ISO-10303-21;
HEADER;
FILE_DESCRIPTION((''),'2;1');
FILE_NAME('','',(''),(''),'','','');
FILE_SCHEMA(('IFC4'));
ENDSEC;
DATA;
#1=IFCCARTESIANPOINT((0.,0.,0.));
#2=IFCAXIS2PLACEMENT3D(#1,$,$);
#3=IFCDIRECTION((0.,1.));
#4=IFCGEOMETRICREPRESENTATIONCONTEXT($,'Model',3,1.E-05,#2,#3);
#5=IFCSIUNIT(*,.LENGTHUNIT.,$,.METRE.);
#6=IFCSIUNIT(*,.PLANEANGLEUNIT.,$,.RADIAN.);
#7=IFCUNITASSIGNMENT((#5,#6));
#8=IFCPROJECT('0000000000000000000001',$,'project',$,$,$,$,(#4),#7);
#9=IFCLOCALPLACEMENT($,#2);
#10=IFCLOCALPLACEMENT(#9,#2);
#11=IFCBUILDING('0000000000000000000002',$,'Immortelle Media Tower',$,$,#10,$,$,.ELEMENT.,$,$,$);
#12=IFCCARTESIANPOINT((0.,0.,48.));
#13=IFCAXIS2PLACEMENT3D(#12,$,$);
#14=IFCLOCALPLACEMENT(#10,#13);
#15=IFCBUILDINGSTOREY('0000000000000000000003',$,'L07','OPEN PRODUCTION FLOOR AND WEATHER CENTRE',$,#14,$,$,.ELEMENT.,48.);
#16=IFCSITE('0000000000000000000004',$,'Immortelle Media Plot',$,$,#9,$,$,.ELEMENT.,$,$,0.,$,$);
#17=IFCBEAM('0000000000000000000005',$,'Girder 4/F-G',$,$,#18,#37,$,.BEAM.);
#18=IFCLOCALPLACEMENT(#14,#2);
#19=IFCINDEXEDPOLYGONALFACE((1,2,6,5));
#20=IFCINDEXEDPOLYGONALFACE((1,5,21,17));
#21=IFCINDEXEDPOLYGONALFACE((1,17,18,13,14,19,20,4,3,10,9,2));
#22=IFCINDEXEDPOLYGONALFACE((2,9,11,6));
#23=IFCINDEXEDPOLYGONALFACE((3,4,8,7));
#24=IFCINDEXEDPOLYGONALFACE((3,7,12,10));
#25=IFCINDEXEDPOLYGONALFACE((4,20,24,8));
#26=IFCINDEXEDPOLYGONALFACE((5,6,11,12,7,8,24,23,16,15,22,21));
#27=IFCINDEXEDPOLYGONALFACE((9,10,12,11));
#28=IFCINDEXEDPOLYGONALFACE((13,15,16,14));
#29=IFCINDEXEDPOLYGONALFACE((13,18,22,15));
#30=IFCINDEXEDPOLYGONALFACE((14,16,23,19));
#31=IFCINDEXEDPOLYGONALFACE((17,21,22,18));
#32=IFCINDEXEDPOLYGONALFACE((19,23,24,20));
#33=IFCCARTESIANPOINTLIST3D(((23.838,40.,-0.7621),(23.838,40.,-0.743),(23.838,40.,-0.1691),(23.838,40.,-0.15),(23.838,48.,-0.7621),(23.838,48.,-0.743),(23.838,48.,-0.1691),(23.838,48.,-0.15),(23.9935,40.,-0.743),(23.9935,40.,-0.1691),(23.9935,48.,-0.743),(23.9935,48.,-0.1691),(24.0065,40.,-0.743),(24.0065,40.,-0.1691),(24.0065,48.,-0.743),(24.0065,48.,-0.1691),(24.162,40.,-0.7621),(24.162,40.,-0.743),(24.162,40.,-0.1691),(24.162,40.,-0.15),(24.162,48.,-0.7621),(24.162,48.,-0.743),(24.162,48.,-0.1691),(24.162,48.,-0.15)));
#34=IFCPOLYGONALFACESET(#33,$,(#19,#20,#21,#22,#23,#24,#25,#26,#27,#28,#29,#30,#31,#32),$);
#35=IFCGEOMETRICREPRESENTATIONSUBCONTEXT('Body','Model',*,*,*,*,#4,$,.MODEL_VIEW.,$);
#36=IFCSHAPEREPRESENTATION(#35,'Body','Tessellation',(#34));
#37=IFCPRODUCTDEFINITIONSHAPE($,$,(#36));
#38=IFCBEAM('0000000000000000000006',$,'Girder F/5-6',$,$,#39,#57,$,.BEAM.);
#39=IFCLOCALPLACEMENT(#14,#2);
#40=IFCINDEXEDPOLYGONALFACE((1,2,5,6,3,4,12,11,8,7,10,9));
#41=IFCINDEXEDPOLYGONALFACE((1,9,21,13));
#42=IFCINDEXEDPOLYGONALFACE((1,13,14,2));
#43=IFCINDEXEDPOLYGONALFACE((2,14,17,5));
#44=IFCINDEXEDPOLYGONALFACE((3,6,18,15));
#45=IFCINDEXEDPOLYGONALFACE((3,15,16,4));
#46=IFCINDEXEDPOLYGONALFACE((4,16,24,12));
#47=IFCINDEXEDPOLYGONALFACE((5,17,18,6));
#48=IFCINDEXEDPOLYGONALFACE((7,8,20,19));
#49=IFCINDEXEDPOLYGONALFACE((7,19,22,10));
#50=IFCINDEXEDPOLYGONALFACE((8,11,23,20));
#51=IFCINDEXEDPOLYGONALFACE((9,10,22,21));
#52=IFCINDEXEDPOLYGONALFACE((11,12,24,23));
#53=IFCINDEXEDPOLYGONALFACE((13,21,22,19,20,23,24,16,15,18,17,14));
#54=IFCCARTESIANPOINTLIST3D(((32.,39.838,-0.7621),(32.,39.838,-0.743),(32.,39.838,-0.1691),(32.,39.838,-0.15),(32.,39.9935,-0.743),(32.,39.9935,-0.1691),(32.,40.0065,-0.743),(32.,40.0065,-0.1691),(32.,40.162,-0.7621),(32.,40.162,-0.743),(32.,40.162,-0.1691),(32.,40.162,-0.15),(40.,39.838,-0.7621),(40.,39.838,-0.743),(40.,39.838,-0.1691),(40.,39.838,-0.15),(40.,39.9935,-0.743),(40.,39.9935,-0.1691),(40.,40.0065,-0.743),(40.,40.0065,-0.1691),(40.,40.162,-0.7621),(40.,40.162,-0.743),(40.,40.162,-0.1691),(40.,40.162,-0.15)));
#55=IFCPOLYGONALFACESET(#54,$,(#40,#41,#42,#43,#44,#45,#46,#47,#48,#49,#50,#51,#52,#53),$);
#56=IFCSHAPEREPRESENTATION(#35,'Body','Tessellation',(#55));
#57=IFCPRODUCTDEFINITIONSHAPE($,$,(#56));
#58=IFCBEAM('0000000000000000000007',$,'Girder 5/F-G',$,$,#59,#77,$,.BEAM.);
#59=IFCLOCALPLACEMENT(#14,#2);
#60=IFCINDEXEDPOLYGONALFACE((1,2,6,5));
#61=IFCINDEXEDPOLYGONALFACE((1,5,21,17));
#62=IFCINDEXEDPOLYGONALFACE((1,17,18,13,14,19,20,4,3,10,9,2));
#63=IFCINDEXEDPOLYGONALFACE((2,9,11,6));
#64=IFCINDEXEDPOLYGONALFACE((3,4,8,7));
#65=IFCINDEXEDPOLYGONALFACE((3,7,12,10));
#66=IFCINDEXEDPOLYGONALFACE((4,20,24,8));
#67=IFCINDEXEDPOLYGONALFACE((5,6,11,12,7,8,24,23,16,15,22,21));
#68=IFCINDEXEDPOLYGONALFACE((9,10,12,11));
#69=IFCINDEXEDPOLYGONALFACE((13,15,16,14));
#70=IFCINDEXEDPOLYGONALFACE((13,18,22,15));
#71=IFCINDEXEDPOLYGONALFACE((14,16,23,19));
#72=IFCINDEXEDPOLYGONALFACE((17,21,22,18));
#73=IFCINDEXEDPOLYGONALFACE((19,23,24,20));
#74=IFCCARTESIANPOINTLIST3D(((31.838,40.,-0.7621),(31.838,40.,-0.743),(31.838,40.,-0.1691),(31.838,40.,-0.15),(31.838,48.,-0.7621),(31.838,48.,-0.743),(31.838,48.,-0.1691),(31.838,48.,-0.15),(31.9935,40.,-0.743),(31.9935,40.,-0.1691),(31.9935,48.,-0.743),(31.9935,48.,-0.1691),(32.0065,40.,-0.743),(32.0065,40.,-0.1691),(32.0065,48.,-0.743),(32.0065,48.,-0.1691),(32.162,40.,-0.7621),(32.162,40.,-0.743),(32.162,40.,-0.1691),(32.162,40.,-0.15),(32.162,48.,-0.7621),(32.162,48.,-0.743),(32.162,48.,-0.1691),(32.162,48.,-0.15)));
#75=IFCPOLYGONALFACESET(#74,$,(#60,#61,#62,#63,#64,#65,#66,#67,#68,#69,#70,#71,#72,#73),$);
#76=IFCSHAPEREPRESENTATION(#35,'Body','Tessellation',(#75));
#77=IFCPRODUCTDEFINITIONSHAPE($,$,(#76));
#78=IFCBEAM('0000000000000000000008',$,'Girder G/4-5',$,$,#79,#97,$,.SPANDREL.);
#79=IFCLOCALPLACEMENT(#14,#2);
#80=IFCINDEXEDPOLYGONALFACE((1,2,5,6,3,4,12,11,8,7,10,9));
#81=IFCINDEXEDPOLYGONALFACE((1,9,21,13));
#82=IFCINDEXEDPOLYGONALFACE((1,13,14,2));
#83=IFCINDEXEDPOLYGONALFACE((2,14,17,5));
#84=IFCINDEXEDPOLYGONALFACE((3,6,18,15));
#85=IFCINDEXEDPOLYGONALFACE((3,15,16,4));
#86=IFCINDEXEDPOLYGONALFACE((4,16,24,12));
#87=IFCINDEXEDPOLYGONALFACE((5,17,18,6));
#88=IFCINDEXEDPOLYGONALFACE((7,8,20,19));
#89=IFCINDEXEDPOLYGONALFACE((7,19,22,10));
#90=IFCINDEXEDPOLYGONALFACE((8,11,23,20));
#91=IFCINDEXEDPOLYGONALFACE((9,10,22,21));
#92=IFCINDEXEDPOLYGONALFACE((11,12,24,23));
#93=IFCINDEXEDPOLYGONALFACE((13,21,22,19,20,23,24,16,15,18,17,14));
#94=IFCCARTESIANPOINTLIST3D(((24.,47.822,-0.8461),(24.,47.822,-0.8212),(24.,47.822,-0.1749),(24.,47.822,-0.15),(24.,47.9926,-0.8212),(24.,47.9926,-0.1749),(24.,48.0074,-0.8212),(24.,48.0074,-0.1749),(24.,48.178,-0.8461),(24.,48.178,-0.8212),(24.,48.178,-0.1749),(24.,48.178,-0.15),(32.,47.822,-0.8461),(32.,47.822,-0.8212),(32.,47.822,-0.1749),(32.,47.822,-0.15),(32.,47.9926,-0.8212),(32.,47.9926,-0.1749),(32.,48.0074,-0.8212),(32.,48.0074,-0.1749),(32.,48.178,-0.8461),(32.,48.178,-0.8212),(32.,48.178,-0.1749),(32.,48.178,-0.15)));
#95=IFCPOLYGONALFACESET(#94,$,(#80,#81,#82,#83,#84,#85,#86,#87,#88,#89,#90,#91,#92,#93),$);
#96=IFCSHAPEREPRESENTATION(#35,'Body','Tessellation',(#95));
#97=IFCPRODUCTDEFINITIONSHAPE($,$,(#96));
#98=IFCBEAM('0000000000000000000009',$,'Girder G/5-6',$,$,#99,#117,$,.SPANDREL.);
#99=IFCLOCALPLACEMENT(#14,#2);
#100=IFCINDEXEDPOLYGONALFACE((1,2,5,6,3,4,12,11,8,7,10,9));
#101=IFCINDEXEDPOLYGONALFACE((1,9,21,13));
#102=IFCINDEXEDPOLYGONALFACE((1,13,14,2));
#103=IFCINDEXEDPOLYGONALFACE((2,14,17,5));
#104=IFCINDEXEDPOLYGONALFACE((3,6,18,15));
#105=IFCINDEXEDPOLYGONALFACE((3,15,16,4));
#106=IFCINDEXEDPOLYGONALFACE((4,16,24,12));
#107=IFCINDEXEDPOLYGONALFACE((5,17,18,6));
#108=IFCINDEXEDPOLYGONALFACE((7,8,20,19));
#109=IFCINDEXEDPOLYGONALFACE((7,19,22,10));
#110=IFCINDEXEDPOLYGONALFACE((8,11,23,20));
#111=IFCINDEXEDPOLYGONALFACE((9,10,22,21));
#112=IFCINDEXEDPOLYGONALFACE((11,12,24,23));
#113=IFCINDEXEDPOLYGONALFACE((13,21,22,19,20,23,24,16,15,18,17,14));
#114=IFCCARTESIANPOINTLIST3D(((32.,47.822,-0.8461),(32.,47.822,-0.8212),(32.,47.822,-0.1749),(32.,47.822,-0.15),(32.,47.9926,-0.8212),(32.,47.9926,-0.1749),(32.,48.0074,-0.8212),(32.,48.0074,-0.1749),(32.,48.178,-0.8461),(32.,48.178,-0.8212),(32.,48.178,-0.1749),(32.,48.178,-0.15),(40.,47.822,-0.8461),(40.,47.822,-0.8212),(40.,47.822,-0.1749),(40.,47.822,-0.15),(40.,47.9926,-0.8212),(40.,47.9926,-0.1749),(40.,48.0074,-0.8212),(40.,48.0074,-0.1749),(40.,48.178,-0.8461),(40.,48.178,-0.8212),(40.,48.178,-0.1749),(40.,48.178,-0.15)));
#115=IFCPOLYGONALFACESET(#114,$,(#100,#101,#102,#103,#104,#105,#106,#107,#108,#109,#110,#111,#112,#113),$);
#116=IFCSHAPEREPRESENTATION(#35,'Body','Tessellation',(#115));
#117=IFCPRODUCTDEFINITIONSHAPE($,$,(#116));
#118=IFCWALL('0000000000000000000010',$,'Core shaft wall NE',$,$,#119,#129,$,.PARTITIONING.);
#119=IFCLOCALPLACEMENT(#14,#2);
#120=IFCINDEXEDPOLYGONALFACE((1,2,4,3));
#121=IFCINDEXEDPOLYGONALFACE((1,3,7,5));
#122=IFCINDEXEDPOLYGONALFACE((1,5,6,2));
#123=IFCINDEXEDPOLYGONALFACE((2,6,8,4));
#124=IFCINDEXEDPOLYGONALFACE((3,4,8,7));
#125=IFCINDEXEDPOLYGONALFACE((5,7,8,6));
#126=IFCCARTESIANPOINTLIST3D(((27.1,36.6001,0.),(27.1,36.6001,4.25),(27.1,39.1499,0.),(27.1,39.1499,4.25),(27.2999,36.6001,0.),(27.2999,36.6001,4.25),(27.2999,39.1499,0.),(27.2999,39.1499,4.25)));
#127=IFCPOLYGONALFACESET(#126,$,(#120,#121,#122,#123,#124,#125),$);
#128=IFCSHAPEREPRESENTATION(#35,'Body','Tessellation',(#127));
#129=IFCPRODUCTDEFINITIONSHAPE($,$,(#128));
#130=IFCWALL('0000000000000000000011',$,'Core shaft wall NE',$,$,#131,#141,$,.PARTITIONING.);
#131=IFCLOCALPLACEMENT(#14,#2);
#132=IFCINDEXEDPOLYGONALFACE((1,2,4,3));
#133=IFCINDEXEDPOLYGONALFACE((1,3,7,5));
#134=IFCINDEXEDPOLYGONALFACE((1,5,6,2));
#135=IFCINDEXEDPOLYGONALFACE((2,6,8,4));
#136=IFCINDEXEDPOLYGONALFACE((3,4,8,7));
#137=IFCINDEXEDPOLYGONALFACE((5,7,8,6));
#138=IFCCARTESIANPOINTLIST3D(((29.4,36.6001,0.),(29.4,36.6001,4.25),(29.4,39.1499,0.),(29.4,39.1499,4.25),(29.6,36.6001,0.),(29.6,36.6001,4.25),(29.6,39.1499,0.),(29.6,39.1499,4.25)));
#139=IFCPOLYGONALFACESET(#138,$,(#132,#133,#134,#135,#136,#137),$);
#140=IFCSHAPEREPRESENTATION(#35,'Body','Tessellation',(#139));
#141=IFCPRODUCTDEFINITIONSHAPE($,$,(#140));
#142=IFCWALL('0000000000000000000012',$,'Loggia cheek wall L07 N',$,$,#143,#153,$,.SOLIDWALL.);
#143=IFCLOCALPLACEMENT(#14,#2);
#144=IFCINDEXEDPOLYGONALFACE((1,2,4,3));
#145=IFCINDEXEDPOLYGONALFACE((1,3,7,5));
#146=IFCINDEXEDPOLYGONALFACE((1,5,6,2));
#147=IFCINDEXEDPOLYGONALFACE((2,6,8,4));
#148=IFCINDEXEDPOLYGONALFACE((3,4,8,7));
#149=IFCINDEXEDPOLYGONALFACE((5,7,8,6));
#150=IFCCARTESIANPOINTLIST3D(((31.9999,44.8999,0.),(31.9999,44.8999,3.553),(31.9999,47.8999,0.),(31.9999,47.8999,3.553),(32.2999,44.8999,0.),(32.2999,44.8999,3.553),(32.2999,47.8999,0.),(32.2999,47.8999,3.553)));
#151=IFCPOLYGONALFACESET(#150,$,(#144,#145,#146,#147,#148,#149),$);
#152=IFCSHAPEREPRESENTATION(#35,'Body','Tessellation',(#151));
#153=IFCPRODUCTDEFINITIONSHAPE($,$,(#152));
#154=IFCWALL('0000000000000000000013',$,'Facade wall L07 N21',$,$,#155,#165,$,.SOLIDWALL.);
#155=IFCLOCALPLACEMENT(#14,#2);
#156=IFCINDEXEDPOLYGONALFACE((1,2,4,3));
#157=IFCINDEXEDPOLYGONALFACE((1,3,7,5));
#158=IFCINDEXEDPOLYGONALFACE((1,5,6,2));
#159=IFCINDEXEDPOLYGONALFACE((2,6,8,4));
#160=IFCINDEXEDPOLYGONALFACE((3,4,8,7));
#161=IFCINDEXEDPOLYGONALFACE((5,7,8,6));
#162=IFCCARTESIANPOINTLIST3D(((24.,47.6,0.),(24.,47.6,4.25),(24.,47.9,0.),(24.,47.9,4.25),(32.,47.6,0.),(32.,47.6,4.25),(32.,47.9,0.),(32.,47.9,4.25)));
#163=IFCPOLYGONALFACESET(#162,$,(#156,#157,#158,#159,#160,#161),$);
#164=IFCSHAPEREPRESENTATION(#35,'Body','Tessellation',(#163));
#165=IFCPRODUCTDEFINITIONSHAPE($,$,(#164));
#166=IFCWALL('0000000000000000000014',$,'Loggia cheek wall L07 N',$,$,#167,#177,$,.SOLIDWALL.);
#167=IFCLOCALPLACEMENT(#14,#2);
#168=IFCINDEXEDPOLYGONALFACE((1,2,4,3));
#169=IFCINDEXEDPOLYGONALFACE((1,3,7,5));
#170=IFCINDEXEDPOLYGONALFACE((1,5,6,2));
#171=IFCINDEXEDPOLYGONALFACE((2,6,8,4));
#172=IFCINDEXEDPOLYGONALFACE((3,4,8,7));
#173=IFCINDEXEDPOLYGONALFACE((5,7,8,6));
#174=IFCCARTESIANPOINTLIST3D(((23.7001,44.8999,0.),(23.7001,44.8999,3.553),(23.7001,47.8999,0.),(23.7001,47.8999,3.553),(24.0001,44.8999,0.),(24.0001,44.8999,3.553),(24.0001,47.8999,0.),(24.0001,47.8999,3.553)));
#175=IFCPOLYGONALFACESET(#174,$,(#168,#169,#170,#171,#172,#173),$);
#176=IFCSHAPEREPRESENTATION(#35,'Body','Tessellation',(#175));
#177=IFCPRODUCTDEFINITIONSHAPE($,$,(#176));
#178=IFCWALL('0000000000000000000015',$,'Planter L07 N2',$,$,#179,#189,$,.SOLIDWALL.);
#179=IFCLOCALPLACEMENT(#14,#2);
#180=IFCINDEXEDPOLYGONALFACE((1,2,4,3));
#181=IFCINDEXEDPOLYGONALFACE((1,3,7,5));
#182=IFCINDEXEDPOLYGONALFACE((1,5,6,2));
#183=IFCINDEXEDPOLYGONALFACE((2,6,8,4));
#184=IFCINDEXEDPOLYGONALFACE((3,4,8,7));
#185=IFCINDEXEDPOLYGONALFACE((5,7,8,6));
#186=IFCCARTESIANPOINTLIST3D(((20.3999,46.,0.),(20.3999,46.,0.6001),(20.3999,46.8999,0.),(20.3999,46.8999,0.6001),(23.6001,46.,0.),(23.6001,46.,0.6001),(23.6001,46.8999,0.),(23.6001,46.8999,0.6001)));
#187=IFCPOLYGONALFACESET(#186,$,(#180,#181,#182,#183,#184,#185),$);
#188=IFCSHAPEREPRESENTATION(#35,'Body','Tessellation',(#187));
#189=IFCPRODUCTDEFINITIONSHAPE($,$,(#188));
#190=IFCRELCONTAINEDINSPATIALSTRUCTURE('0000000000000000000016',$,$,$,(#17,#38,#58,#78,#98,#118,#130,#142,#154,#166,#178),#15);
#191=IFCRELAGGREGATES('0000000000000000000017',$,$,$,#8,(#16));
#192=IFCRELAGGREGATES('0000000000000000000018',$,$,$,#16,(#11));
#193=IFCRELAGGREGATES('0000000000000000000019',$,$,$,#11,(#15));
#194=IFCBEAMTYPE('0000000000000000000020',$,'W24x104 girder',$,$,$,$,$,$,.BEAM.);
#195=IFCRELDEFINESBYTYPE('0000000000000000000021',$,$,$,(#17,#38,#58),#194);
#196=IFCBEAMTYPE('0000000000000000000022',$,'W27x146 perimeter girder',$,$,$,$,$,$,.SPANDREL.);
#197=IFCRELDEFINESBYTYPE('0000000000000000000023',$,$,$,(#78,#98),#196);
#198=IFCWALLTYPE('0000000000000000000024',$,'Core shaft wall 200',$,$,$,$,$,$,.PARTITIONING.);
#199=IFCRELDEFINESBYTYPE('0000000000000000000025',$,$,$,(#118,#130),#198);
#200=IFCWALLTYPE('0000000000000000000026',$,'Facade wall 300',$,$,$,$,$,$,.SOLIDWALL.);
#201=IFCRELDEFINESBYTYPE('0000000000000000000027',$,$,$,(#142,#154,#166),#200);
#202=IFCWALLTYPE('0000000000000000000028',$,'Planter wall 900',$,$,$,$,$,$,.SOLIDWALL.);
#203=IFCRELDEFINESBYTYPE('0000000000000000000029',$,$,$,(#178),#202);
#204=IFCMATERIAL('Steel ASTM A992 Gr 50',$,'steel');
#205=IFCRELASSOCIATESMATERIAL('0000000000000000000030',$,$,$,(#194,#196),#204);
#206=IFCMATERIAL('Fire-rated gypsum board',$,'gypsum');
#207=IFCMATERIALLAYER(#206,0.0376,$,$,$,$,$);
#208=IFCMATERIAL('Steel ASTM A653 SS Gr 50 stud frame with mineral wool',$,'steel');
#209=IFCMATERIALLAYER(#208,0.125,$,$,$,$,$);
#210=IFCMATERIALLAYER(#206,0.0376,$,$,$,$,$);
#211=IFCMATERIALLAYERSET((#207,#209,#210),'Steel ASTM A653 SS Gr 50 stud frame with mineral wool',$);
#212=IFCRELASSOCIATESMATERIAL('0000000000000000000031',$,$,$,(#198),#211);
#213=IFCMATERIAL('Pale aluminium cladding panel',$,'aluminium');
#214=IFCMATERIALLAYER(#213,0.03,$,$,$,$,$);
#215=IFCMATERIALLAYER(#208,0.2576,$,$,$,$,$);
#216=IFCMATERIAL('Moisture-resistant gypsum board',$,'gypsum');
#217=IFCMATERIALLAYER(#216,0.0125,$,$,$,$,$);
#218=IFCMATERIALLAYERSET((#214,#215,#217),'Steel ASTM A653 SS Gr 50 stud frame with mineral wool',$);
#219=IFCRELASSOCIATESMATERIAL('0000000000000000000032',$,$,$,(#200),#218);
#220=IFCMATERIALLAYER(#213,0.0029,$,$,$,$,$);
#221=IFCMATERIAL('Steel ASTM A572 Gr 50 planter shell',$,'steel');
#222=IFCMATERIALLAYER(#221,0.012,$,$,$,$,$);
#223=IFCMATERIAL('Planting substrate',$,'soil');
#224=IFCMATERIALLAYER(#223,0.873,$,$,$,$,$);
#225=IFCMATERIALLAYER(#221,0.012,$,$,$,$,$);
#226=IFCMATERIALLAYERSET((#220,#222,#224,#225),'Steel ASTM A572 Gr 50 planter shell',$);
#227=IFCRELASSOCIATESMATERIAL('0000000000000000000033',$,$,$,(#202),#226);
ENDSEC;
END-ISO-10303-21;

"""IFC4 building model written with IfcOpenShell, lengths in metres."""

from ifc_helpers import new_model, si_unit, direction, frame, frame_2d, origin, origin_2d, place, context, subcontext, project, spatial, rectangle, i_section, extrude, material, layer, layer_set, material_profile, profile_set, type_object, element, save


model = new_model("IFC4")

# Units and contexts
model_context = context("Model", 3, precision=1e-05, world=origin(), true_north=direction((0.0, 1.0)))
body_context = subcontext(model_context, "Body", "Model", "MODEL_VIEW")
ifc_project = project(units=[si_unit("LENGTHUNIT", "METRE"), si_unit("PLANEANGLEUNIT", "RADIAN")], contexts=[model_context])

# Site, building, storey
site_placement = place(None, origin())
site = spatial("IfcSite", under=ifc_project, at=site_placement, Name="Immortelle Media Plot", CompositionType="ELEMENT", RefElevation=0.0)
building_placement = place(site_placement, origin())
building = spatial("IfcBuilding", under=site, at=building_placement, Name="Immortelle Media Tower", CompositionType="ELEMENT")
storey_placement = place(building_placement, frame((0.0, 0.0, 48.0)))
storey = spatial("IfcBuildingStorey", under=building, at=storey_placement, Name="L07", Description="OPEN PRODUCTION FLOOR AND WEATHER CENTRE", CompositionType="ELEMENT", Elevation=48.0)

# Shared definitions
ifc_material_1 = material(Name="Steel ASTM A992 Gr 50", Category="steel")

# Beams
ifc_material_profile_1 = material_profile(ifc_material_1, i_section(OverallWidth=0.324, OverallDepth=0.6121, WebThickness=0.0129, FlangeThickness=0.019, at=origin_2d()), Name="W24x104")
ifc_profile_set_1 = profile_set([ifc_material_profile_1], Name="Steel ASTM A992 Gr 50")
beam_type_1 = type_object("IfcBeamType", Name="W24x104 girder", PredefinedType="BEAM", material=ifc_profile_set_1)
for number, where, z_axis, x_axis, name in (
    (1, (24.0, 40.0, -0.4561), (0.0, 1.0, 0.0), (-1.0, 0.0, 0.0), "Girder 4/F-G"),
    (2, (32.0, 40.0, -0.4561), (1.0, 0.0, 0.0), (0.0, 1.0, 0.0), "Girder F/5-6"),
    (3, (32.0, 40.0, -0.4561), (0.0, 1.0, 0.0), (-1.0, 0.0, 0.0), "Girder 5/F-G"),
):
    element("IfcBeam", number, at=place(storey_placement, frame(where, z_axis=z_axis, x_axis=x_axis)), inside=storey, type_object=beam_type_1, Name=name, PredefinedType="BEAM", context=body_context, shape_type="SweptSolid", body=[
        extrude(i_section(OverallWidth=0.324, OverallDepth=0.6121, WebThickness=0.0129, FlangeThickness=0.019, at=origin_2d()), origin(), (0.0, 0.0, 1.0), 8.0),
    ])
ifc_material_profile_2 = material_profile(ifc_material_1, i_section(OverallWidth=0.356, OverallDepth=0.696, WebThickness=0.0149, FlangeThickness=0.0249, at=origin_2d()), Name="W27x146")
ifc_profile_set_2 = profile_set([ifc_material_profile_2], Name="Steel ASTM A992 Gr 50")
beam_type_2 = type_object("IfcBeamType", Name="W27x146 perimeter girder", PredefinedType="SPANDREL", material=ifc_profile_set_2)
for number, where, z_axis, x_axis, name in (
    (4, (24.0, 48.0, -0.498), (1.0, 0.0, 0.0), (0.0, 1.0, 0.0), "Girder G/4-5"),
    (5, (32.0, 48.0, -0.498), (1.0, 0.0, 0.0), (0.0, 1.0, 0.0), "Girder G/5-6"),
):
    element("IfcBeam", number, at=place(storey_placement, frame(where, z_axis=z_axis, x_axis=x_axis)), inside=storey, type_object=beam_type_2, Name=name, PredefinedType="SPANDREL", context=body_context, shape_type="SweptSolid", body=[
        extrude(i_section(OverallWidth=0.356, OverallDepth=0.696, WebThickness=0.0149, FlangeThickness=0.0249, at=origin_2d()), origin(), (0.0, 0.0, 1.0), 8.0),
    ])

# Walls
ifc_material_2 = material(Name="Fire-rated gypsum board", Category="gypsum")
ifc_layer_1 = layer(ifc_material_2, 0.0376)
ifc_material_3 = material(Name="Steel ASTM A653 SS Gr 50 stud frame with mineral wool", Category="steel")
ifc_layer_2 = layer(ifc_material_3, 0.125)
ifc_layer_3 = layer(ifc_material_2, 0.0376)
ifc_layer_set_1 = layer_set([ifc_layer_1, ifc_layer_2, ifc_layer_3], Name="Steel ASTM A653 SS Gr 50 stud frame with mineral wool")
wall_type_1 = type_object("IfcWallType", Name="Core shaft wall 200", PredefinedType="PARTITIONING", material=ifc_layer_set_1)
for number, where, z_axis, x_axis, name in (
    (6, (27.2, 36.6001, 0.0), (0.0, 0.0, 1.0), (0.0, 1.0, 0.0), "Core shaft wall NE"),
    (7, (29.5, 36.6001, 0.0), (0.0, 0.0, 1.0), (0.0, 1.0, 0.0), "Core shaft wall NE"),
):
    element("IfcWall", number, at=place(storey_placement, frame(where, z_axis=z_axis, x_axis=x_axis)), inside=storey, type_object=wall_type_1, Name=name, PredefinedType="PARTITIONING", context=body_context, shape_type="SweptSolid", body=[
        extrude(rectangle(XDim=2.5498, YDim=0.2, at=frame_2d((1.2749, 0.0))), origin(), (0.0, 0.0, 1.0), 4.25),
    ])
ifc_material_4 = material(Name="Pale aluminium cladding panel", Category="aluminium")
ifc_layer_4 = layer(ifc_material_4, 0.03)
ifc_layer_5 = layer(ifc_material_3, 0.2576)
ifc_material_5 = material(Name="Moisture-resistant gypsum board", Category="gypsum")
ifc_layer_6 = layer(ifc_material_5, 0.0125)
ifc_layer_set_2 = layer_set([ifc_layer_4, ifc_layer_5, ifc_layer_6], Name="Steel ASTM A653 SS Gr 50 stud frame with mineral wool")
wall_type_2 = type_object("IfcWallType", Name="Facade wall 300", PredefinedType="SOLIDWALL", material=ifc_layer_set_2)
wall_1_placement = place(storey_placement, frame((32.1499, 47.8999, 0.0), z_axis=(0.0, 0.0, 1.0), x_axis=(0.0, -1.0, 0.0)))
element("IfcWall", 8, at=wall_1_placement, inside=storey, type_object=wall_type_2, Name="Loggia cheek wall L07 N", PredefinedType="SOLIDWALL", context=body_context, shape_type="SweptSolid", body=[
    extrude(rectangle(XDim=3.0, YDim=0.3, at=frame_2d((1.5, 0.0))), origin(), (0.0, 0.0, 1.0), 3.553),
])
wall_2_placement = place(storey_placement, frame((32.0, 47.75, 0.0), z_axis=(0.0, 0.0, 1.0), x_axis=(-1.0, 0.0, 0.0)))
element("IfcWall", 9, at=wall_2_placement, inside=storey, type_object=wall_type_2, Name="Facade wall L07 N21", PredefinedType="SOLIDWALL", context=body_context, shape_type="SweptSolid", body=[
    extrude(rectangle(XDim=8.0, YDim=0.3, at=frame_2d((4.0, 0.0))), origin(), (0.0, 0.0, 1.0), 4.25),
])

# Walls
wall_3_placement = place(storey_placement, frame((23.8501, 47.8999, 0.0), z_axis=(0.0, 0.0, 1.0), x_axis=(0.0, -1.0, 0.0)))
element("IfcWall", 10, at=wall_3_placement, inside=storey, type_object=wall_type_2, Name="Loggia cheek wall L07 N", PredefinedType="SOLIDWALL", context=body_context, shape_type="SweptSolid", body=[
    extrude(rectangle(XDim=3.0, YDim=0.3, at=frame_2d((1.5, 0.0))), origin(), (0.0, 0.0, 1.0), 3.553),
])
ifc_layer_7 = layer(ifc_material_4, 0.0029)
ifc_material_6 = material(Name="Steel ASTM A572 Gr 50 planter shell", Category="steel")
ifc_layer_8 = layer(ifc_material_6, 0.012)
ifc_material_7 = material(Name="Planting substrate", Category="soil")
ifc_layer_9 = layer(ifc_material_7, 0.873)
ifc_layer_10 = layer(ifc_material_6, 0.012)
ifc_layer_set_3 = layer_set([ifc_layer_7, ifc_layer_8, ifc_layer_9, ifc_layer_10], Name="Steel ASTM A572 Gr 50 planter shell")
wall_type_3 = type_object("IfcWallType", Name="Planter wall 900", PredefinedType="SOLIDWALL", material=ifc_layer_set_3)
wall_4_placement = place(storey_placement, frame((23.6001, 46.45, 0.0), z_axis=(0.0, 0.0, 1.0), x_axis=(-1.0, 0.0, 0.0)))
element("IfcWall", 11, at=wall_4_placement, inside=storey, type_object=wall_type_3, Name="Planter L07 N2", PredefinedType="SOLIDWALL", context=body_context, shape_type="SweptSolid", body=[
    extrude(rectangle(XDim=3.2002, YDim=0.8999, at=frame_2d((1.6001, 0.0))), origin(), (0.0, 0.0, 1.0), 0.6001),
])

save(model, "model.ifc")
